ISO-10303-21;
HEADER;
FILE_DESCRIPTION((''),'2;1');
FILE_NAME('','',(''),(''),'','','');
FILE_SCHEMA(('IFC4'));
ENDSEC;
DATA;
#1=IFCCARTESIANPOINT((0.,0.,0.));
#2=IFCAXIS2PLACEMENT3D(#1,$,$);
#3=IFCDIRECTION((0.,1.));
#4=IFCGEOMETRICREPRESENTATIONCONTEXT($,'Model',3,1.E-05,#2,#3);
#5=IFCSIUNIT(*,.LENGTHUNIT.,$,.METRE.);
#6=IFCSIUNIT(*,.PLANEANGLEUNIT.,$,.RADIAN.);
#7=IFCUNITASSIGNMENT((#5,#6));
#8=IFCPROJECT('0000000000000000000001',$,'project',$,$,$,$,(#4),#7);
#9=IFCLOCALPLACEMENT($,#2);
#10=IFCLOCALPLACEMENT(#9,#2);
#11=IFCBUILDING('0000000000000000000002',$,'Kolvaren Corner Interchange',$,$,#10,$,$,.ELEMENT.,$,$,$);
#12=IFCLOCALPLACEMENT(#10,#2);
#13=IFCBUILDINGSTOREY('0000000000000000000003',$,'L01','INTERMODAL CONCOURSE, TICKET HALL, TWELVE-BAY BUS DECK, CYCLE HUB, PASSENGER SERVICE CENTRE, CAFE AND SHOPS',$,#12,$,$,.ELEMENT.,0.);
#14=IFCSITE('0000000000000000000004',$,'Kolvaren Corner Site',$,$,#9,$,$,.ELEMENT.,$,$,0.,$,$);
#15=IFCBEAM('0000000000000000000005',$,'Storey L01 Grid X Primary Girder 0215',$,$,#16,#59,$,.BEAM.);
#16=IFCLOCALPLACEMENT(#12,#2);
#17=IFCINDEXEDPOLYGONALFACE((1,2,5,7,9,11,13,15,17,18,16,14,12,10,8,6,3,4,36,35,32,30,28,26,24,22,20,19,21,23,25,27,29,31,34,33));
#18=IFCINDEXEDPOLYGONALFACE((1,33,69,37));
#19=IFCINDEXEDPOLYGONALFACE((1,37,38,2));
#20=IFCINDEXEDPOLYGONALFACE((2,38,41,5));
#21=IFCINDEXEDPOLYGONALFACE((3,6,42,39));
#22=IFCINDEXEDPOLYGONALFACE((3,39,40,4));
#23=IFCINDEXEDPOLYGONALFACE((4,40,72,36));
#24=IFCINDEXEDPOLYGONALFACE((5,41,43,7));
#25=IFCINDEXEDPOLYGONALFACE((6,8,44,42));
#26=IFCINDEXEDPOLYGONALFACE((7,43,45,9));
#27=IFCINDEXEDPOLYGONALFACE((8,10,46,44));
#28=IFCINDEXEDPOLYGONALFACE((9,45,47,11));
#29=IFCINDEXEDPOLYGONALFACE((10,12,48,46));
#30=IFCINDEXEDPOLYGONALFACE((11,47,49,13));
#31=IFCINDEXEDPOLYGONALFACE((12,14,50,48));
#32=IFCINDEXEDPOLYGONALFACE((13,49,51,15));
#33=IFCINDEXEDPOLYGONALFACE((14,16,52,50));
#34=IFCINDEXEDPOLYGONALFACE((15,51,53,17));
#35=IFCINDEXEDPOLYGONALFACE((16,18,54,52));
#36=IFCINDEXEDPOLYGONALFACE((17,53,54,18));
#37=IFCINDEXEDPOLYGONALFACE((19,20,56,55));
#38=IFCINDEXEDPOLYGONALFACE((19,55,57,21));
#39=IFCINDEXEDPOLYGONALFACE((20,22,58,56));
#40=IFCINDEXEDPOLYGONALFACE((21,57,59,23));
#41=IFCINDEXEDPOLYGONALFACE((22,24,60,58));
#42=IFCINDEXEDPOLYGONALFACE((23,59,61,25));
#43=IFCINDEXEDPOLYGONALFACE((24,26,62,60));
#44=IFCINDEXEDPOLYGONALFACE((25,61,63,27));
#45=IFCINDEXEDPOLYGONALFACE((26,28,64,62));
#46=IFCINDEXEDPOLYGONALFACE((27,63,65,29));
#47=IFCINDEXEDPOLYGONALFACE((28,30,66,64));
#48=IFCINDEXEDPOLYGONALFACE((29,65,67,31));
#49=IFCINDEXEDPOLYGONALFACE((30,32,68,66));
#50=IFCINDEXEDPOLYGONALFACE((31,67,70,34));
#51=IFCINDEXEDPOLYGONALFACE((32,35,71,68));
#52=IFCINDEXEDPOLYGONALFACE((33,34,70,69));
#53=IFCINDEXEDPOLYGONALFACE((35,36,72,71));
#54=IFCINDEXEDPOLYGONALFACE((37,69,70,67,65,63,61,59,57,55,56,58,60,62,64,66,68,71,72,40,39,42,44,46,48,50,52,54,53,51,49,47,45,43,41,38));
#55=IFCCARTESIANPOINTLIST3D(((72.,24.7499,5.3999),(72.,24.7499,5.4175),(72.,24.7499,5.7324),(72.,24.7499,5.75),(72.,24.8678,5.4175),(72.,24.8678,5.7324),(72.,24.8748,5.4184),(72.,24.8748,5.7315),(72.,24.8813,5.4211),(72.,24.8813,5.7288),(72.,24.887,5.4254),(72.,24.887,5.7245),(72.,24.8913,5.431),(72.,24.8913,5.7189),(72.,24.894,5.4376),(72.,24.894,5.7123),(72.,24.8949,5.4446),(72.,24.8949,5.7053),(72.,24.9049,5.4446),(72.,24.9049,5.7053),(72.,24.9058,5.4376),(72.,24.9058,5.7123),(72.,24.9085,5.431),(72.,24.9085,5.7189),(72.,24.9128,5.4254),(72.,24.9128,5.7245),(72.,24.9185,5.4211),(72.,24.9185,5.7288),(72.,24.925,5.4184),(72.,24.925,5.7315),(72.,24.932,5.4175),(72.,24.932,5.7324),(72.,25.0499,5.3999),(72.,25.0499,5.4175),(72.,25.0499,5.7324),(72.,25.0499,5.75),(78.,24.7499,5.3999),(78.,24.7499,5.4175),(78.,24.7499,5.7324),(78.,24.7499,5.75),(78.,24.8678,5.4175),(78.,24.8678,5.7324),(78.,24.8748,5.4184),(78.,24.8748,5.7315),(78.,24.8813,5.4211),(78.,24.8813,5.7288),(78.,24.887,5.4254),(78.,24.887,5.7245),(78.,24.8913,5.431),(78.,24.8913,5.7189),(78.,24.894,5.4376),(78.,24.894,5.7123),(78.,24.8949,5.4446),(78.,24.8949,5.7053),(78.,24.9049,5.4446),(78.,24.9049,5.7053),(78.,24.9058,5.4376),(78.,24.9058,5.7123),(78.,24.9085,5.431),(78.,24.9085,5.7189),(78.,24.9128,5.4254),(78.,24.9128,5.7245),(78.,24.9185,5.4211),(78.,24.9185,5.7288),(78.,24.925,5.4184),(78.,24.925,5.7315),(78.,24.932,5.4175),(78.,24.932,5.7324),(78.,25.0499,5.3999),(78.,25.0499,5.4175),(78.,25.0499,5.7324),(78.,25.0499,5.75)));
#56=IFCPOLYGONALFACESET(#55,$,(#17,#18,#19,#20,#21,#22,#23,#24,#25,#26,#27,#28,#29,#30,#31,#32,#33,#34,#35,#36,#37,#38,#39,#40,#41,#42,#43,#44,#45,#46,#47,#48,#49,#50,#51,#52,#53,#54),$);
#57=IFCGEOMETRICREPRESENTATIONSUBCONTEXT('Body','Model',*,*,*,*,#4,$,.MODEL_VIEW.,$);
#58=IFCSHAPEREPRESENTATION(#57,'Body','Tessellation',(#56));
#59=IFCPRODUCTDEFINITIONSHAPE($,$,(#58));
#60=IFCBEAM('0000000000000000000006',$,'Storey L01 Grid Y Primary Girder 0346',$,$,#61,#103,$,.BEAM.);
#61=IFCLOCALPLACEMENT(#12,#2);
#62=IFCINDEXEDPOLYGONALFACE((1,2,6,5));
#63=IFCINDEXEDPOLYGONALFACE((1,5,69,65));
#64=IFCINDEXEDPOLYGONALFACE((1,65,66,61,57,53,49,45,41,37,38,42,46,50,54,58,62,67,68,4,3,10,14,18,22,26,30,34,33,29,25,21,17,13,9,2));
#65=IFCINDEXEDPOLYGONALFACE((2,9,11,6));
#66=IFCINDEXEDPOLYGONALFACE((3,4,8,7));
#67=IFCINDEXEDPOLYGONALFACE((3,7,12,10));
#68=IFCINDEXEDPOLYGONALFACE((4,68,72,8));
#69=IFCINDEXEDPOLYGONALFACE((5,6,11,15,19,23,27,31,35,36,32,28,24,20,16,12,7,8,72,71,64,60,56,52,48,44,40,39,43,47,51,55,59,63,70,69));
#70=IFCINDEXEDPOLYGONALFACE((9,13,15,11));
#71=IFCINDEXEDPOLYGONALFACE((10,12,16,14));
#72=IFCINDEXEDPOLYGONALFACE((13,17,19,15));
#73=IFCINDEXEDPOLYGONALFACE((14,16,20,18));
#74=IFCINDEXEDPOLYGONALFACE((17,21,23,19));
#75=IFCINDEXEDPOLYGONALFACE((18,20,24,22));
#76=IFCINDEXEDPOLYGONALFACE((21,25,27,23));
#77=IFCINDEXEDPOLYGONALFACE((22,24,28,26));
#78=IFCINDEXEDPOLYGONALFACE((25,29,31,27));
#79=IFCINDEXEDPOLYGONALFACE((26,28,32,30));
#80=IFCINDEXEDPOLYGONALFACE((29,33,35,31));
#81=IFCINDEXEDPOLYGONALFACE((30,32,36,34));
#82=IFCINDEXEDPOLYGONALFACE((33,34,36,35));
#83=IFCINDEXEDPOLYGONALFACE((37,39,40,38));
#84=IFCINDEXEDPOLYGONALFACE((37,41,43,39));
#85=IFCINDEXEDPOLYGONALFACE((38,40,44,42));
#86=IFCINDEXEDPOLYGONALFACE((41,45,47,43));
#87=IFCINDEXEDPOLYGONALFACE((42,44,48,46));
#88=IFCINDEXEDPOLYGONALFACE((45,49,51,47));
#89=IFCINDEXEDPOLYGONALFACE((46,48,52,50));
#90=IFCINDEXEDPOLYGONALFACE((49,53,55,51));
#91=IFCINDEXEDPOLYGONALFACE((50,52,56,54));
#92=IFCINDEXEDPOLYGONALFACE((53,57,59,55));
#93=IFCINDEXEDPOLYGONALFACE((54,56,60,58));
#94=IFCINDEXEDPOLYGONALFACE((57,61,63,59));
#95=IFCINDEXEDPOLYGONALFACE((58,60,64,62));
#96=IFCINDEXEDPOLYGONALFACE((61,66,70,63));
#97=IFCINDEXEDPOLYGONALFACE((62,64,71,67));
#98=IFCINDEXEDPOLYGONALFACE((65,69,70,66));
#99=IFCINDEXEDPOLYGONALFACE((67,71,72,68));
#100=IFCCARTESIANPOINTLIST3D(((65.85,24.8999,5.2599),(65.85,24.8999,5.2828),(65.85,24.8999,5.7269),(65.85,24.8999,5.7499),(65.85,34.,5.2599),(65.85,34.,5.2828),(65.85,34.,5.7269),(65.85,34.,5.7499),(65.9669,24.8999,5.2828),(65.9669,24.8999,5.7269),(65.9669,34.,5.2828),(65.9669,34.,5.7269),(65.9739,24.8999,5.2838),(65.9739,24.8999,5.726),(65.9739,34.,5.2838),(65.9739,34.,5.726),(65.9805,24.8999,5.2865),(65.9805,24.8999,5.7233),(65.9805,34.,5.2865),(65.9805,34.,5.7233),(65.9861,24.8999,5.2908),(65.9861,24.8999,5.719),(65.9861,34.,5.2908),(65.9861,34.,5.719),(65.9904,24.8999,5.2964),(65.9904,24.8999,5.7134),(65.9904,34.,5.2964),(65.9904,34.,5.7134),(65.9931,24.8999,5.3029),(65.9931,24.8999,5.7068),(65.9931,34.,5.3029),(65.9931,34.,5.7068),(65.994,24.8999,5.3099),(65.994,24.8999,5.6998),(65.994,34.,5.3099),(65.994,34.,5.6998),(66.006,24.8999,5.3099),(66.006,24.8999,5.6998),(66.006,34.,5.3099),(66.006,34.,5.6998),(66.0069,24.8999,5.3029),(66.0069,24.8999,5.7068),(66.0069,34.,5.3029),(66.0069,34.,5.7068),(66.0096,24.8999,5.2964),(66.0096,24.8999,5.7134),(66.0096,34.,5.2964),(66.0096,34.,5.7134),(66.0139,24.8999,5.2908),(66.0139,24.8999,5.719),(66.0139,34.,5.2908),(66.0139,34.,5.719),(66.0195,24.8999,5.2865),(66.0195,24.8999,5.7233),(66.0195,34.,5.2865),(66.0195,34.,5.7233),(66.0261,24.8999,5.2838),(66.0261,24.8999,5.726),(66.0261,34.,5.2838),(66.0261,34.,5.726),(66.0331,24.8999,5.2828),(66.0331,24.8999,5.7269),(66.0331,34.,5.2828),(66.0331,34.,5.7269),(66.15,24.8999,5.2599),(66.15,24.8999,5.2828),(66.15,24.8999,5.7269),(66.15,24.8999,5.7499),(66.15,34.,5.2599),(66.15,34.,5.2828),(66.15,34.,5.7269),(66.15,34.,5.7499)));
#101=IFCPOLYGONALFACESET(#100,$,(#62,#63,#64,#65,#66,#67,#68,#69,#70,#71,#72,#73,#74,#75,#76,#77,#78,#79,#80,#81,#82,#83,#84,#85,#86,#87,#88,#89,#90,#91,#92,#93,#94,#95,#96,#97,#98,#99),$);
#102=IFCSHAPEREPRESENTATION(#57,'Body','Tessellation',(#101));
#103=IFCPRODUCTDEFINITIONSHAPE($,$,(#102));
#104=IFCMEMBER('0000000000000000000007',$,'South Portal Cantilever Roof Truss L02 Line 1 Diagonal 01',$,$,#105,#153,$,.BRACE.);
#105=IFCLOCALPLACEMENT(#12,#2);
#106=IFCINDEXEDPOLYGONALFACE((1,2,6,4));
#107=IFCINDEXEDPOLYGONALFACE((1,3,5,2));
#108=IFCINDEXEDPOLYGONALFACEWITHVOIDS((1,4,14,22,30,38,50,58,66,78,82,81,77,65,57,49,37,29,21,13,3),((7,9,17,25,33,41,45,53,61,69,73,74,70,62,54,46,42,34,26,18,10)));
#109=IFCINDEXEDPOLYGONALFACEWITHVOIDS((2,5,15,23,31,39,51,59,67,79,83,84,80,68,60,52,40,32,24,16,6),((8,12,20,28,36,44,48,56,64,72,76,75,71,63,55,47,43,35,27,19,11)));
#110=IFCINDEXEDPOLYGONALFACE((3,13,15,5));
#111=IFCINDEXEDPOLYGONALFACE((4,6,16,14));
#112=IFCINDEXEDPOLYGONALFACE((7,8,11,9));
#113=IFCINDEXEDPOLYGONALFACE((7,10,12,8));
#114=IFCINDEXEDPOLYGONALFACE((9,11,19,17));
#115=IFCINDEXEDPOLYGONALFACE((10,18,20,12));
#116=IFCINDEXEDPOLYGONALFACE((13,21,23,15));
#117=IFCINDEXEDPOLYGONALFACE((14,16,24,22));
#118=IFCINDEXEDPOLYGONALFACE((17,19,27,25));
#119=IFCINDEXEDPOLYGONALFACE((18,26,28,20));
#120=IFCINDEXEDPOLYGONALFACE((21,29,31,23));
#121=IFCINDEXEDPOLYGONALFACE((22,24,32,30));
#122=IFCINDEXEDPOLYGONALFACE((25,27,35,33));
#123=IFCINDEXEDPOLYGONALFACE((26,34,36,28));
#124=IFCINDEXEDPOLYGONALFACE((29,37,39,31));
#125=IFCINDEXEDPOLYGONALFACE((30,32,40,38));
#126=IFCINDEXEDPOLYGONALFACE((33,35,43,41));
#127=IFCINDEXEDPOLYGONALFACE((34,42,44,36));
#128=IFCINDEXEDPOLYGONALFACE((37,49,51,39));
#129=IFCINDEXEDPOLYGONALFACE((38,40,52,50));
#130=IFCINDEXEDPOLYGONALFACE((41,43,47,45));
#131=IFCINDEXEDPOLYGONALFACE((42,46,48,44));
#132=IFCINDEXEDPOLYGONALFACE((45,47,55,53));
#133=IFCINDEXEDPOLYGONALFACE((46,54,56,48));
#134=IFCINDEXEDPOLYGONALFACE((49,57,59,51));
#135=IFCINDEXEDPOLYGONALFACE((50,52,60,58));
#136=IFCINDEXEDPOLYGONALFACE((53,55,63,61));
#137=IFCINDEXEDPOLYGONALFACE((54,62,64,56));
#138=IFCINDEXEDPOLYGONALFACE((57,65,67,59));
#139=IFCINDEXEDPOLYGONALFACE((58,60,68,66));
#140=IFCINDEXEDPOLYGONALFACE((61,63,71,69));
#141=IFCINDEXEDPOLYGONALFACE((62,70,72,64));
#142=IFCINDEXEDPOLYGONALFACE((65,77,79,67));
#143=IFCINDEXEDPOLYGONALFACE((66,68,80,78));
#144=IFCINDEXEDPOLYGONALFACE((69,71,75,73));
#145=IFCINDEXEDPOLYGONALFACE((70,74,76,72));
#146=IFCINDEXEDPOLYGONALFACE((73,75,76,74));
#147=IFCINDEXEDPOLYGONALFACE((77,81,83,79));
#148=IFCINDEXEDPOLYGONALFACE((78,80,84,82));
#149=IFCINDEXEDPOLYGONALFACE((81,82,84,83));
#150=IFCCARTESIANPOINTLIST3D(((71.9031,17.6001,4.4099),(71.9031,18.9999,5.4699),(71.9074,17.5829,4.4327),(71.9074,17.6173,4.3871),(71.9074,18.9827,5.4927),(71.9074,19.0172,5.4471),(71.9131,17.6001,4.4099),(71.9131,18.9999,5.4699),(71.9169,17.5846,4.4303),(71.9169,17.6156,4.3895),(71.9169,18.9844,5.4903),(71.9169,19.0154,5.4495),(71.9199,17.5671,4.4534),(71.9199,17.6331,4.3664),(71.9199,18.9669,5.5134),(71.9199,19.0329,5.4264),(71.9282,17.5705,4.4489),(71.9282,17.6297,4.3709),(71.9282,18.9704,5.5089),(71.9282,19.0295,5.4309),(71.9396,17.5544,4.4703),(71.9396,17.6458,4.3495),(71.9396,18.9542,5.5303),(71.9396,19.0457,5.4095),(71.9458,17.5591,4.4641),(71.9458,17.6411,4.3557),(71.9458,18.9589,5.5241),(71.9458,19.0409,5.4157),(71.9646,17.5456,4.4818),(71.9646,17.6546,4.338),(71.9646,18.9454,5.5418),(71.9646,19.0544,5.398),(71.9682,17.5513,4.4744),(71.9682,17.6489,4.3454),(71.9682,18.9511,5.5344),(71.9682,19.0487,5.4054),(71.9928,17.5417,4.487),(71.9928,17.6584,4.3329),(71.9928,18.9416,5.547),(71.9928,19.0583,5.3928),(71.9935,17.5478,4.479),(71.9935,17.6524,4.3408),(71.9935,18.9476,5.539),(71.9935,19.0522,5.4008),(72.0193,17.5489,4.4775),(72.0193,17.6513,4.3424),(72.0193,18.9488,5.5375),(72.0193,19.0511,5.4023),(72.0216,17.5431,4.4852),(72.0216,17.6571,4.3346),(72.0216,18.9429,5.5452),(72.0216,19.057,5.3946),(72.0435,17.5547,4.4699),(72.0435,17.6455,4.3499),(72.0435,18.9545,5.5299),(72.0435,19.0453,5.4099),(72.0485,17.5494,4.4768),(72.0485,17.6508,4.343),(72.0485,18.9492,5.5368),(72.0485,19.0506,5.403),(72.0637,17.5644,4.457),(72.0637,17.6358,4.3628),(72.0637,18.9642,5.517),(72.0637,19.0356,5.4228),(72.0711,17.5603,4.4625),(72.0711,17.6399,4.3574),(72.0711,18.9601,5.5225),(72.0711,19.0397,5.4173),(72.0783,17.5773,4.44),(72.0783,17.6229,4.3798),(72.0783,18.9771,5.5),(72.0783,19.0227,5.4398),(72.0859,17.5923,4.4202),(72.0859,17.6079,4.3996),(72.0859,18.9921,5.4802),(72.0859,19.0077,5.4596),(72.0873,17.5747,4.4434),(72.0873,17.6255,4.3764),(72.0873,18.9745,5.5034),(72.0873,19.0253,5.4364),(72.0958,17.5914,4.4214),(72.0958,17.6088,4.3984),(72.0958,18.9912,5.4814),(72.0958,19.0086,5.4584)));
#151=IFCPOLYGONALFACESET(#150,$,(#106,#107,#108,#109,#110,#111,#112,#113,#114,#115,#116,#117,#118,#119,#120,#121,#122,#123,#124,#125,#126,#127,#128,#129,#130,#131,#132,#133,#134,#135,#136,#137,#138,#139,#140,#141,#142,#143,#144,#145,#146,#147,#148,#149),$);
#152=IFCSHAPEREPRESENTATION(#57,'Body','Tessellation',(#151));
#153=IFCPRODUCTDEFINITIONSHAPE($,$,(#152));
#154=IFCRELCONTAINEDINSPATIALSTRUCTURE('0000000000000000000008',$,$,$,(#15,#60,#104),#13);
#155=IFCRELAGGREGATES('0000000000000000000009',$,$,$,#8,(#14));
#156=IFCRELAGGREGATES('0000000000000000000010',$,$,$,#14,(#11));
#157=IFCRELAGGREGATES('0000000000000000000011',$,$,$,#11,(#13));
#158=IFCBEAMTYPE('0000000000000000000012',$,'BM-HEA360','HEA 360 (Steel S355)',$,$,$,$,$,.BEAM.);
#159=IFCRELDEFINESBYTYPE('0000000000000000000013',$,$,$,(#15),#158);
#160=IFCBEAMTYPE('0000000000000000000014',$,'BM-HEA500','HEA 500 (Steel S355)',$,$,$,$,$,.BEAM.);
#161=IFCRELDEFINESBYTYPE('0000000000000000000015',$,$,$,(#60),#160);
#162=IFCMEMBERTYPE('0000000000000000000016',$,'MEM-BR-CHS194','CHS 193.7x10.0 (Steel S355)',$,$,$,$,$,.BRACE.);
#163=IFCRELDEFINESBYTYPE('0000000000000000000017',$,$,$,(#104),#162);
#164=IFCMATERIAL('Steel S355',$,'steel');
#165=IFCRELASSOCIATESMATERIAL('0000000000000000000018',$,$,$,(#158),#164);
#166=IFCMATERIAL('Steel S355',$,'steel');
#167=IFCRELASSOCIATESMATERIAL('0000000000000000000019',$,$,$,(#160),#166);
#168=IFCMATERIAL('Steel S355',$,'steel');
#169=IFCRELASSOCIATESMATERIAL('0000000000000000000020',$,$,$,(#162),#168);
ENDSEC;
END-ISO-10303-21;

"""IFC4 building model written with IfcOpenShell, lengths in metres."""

from ifc_helpers import new_model, si_unit, direction, frame, origin, origin_2d, place, context, subcontext, project, spatial, hollow_circle, i_section, extrude, material, material_profile, profile_set, type_object, element, save


model = new_model("IFC4")

# Units and contexts
model_context = context("Model", 3, precision=1e-05, world=origin(), true_north=direction((0.0, 1.0)))
body_context = subcontext(model_context, "Body", "Model", "MODEL_VIEW")
ifc_project = project(units=[si_unit("LENGTHUNIT", "METRE"), si_unit("PLANEANGLEUNIT", "RADIAN")], contexts=[model_context])

# Site, building, storey
site_placement = place(None, origin())
site = spatial("IfcSite", under=ifc_project, at=site_placement, Name="Kolvaren Corner Site", CompositionType="ELEMENT", RefElevation=0.0)
building_placement = place(site_placement, origin())
building = spatial("IfcBuilding", under=site, at=building_placement, Name="Kolvaren Corner Interchange", CompositionType="ELEMENT")
storey_placement = place(building_placement, origin())
storey = spatial("IfcBuildingStorey", under=building, at=storey_placement, Name="L01", Description="INTERMODAL CONCOURSE, TICKET HALL, TWELVE-BAY BUS DECK, CYCLE HUB, PASSENGER SERVICE CENTRE, CAFE AND SHOPS", CompositionType="ELEMENT", Elevation=0.0)

# Beams
ifc_material_1 = material(Name="Steel S355", Category="steel")
ifc_material_profile_1 = material_profile(ifc_material_1, i_section(OverallWidth=0.3, OverallDepth=0.3501, WebThickness=0.01, FlangeThickness=0.0176, FilletRadius=0.0271, at=origin_2d()), Name="HEA 360")
ifc_profile_set_1 = profile_set([ifc_material_profile_1], Name="Steel S355")
beam_type_1 = type_object("IfcBeamType", Name="BM-HEA360", Description="HEA 360 (Steel S355)", PredefinedType="BEAM", material=ifc_profile_set_1)
for number, where, z_axis, x_axis, name in (
    (1, (72.0, 24.8999, 5.575), (1.0, 0.0, 0.0), (0.0, 1.0, 0.0), "Storey L01 Grid X Primary Girder 0215"),
):
    element("IfcBeam", number, at=place(storey_placement, frame(where, z_axis=z_axis, x_axis=x_axis)), inside=storey, type_object=beam_type_1, Name=name, PredefinedType="BEAM", context=body_context, shape_type="SweptSolid", body=[
        extrude(i_section(OverallWidth=0.3, OverallDepth=0.3501, WebThickness=0.01, FlangeThickness=0.0176, FilletRadius=0.0271, at=origin_2d()), origin(), (0.0, 0.0, 1.0), 6.0),
    ])
ifc_material_2 = material(Name="Steel S355", Category="steel")
ifc_material_profile_2 = material_profile(ifc_material_2, i_section(OverallWidth=0.3, OverallDepth=0.49, WebThickness=0.012, FlangeThickness=0.0229, FilletRadius=0.0271, at=origin_2d()), Name="HEA 500")
ifc_profile_set_2 = profile_set([ifc_material_profile_2], Name="Steel S355")
beam_type_2 = type_object("IfcBeamType", Name="BM-HEA500", Description="HEA 500 (Steel S355)", PredefinedType="BEAM", material=ifc_profile_set_2)
beam_placement = place(storey_placement, frame((66.0, 24.8999, 5.5049), z_axis=(0.0, 1.0, 0.0), x_axis=(-1.0, 0.0, 0.0)))
element("IfcBeam", 2, at=beam_placement, inside=storey, type_object=beam_type_2, Name="Storey L01 Grid Y Primary Girder 0346", PredefinedType="BEAM", context=body_context, shape_type="SweptSolid", body=[
    extrude(i_section(OverallWidth=0.3, OverallDepth=0.49, WebThickness=0.012, FlangeThickness=0.0229, FilletRadius=0.0271, at=origin_2d()), origin(), (0.0, 0.0, 1.0), 9.1001),
])

# Member
ifc_material_3 = material(Name="Steel S355", Category="steel")
ifc_material_profile_3 = material_profile(ifc_material_3, hollow_circle(Radius=0.0969, WallThickness=0.01, at=origin_2d()), Name="CHS 193.7x10.0")
ifc_profile_set_3 = profile_set([ifc_material_profile_3], Name="Steel S355")
member_type_1 = type_object("IfcMemberType", Name="MEM-BR-CHS194", Description="CHS 193.7x10.0 (Steel S355)", PredefinedType="BRACE", material=ifc_profile_set_3)
member_1_placement = place(storey_placement, frame((72.0, 17.6001, 4.4099), z_axis=(0.0, 0.797222, 0.603686), x_axis=(-1.0, 0.0, 0.0)))
element("IfcMember", 3, at=member_1_placement, inside=storey, type_object=member_type_1, Name="South Portal Cantilever Roof Truss L02 Line 1 Diagonal 01", PredefinedType="BRACE", context=body_context, shape_type="SweptSolid", body=[
    extrude(hollow_circle(Radius=0.0969, WallThickness=0.01, at=origin_2d()), origin(), (0.0, 0.0, 1.0), 1.7559),
])

save(model, "model.ifc")
